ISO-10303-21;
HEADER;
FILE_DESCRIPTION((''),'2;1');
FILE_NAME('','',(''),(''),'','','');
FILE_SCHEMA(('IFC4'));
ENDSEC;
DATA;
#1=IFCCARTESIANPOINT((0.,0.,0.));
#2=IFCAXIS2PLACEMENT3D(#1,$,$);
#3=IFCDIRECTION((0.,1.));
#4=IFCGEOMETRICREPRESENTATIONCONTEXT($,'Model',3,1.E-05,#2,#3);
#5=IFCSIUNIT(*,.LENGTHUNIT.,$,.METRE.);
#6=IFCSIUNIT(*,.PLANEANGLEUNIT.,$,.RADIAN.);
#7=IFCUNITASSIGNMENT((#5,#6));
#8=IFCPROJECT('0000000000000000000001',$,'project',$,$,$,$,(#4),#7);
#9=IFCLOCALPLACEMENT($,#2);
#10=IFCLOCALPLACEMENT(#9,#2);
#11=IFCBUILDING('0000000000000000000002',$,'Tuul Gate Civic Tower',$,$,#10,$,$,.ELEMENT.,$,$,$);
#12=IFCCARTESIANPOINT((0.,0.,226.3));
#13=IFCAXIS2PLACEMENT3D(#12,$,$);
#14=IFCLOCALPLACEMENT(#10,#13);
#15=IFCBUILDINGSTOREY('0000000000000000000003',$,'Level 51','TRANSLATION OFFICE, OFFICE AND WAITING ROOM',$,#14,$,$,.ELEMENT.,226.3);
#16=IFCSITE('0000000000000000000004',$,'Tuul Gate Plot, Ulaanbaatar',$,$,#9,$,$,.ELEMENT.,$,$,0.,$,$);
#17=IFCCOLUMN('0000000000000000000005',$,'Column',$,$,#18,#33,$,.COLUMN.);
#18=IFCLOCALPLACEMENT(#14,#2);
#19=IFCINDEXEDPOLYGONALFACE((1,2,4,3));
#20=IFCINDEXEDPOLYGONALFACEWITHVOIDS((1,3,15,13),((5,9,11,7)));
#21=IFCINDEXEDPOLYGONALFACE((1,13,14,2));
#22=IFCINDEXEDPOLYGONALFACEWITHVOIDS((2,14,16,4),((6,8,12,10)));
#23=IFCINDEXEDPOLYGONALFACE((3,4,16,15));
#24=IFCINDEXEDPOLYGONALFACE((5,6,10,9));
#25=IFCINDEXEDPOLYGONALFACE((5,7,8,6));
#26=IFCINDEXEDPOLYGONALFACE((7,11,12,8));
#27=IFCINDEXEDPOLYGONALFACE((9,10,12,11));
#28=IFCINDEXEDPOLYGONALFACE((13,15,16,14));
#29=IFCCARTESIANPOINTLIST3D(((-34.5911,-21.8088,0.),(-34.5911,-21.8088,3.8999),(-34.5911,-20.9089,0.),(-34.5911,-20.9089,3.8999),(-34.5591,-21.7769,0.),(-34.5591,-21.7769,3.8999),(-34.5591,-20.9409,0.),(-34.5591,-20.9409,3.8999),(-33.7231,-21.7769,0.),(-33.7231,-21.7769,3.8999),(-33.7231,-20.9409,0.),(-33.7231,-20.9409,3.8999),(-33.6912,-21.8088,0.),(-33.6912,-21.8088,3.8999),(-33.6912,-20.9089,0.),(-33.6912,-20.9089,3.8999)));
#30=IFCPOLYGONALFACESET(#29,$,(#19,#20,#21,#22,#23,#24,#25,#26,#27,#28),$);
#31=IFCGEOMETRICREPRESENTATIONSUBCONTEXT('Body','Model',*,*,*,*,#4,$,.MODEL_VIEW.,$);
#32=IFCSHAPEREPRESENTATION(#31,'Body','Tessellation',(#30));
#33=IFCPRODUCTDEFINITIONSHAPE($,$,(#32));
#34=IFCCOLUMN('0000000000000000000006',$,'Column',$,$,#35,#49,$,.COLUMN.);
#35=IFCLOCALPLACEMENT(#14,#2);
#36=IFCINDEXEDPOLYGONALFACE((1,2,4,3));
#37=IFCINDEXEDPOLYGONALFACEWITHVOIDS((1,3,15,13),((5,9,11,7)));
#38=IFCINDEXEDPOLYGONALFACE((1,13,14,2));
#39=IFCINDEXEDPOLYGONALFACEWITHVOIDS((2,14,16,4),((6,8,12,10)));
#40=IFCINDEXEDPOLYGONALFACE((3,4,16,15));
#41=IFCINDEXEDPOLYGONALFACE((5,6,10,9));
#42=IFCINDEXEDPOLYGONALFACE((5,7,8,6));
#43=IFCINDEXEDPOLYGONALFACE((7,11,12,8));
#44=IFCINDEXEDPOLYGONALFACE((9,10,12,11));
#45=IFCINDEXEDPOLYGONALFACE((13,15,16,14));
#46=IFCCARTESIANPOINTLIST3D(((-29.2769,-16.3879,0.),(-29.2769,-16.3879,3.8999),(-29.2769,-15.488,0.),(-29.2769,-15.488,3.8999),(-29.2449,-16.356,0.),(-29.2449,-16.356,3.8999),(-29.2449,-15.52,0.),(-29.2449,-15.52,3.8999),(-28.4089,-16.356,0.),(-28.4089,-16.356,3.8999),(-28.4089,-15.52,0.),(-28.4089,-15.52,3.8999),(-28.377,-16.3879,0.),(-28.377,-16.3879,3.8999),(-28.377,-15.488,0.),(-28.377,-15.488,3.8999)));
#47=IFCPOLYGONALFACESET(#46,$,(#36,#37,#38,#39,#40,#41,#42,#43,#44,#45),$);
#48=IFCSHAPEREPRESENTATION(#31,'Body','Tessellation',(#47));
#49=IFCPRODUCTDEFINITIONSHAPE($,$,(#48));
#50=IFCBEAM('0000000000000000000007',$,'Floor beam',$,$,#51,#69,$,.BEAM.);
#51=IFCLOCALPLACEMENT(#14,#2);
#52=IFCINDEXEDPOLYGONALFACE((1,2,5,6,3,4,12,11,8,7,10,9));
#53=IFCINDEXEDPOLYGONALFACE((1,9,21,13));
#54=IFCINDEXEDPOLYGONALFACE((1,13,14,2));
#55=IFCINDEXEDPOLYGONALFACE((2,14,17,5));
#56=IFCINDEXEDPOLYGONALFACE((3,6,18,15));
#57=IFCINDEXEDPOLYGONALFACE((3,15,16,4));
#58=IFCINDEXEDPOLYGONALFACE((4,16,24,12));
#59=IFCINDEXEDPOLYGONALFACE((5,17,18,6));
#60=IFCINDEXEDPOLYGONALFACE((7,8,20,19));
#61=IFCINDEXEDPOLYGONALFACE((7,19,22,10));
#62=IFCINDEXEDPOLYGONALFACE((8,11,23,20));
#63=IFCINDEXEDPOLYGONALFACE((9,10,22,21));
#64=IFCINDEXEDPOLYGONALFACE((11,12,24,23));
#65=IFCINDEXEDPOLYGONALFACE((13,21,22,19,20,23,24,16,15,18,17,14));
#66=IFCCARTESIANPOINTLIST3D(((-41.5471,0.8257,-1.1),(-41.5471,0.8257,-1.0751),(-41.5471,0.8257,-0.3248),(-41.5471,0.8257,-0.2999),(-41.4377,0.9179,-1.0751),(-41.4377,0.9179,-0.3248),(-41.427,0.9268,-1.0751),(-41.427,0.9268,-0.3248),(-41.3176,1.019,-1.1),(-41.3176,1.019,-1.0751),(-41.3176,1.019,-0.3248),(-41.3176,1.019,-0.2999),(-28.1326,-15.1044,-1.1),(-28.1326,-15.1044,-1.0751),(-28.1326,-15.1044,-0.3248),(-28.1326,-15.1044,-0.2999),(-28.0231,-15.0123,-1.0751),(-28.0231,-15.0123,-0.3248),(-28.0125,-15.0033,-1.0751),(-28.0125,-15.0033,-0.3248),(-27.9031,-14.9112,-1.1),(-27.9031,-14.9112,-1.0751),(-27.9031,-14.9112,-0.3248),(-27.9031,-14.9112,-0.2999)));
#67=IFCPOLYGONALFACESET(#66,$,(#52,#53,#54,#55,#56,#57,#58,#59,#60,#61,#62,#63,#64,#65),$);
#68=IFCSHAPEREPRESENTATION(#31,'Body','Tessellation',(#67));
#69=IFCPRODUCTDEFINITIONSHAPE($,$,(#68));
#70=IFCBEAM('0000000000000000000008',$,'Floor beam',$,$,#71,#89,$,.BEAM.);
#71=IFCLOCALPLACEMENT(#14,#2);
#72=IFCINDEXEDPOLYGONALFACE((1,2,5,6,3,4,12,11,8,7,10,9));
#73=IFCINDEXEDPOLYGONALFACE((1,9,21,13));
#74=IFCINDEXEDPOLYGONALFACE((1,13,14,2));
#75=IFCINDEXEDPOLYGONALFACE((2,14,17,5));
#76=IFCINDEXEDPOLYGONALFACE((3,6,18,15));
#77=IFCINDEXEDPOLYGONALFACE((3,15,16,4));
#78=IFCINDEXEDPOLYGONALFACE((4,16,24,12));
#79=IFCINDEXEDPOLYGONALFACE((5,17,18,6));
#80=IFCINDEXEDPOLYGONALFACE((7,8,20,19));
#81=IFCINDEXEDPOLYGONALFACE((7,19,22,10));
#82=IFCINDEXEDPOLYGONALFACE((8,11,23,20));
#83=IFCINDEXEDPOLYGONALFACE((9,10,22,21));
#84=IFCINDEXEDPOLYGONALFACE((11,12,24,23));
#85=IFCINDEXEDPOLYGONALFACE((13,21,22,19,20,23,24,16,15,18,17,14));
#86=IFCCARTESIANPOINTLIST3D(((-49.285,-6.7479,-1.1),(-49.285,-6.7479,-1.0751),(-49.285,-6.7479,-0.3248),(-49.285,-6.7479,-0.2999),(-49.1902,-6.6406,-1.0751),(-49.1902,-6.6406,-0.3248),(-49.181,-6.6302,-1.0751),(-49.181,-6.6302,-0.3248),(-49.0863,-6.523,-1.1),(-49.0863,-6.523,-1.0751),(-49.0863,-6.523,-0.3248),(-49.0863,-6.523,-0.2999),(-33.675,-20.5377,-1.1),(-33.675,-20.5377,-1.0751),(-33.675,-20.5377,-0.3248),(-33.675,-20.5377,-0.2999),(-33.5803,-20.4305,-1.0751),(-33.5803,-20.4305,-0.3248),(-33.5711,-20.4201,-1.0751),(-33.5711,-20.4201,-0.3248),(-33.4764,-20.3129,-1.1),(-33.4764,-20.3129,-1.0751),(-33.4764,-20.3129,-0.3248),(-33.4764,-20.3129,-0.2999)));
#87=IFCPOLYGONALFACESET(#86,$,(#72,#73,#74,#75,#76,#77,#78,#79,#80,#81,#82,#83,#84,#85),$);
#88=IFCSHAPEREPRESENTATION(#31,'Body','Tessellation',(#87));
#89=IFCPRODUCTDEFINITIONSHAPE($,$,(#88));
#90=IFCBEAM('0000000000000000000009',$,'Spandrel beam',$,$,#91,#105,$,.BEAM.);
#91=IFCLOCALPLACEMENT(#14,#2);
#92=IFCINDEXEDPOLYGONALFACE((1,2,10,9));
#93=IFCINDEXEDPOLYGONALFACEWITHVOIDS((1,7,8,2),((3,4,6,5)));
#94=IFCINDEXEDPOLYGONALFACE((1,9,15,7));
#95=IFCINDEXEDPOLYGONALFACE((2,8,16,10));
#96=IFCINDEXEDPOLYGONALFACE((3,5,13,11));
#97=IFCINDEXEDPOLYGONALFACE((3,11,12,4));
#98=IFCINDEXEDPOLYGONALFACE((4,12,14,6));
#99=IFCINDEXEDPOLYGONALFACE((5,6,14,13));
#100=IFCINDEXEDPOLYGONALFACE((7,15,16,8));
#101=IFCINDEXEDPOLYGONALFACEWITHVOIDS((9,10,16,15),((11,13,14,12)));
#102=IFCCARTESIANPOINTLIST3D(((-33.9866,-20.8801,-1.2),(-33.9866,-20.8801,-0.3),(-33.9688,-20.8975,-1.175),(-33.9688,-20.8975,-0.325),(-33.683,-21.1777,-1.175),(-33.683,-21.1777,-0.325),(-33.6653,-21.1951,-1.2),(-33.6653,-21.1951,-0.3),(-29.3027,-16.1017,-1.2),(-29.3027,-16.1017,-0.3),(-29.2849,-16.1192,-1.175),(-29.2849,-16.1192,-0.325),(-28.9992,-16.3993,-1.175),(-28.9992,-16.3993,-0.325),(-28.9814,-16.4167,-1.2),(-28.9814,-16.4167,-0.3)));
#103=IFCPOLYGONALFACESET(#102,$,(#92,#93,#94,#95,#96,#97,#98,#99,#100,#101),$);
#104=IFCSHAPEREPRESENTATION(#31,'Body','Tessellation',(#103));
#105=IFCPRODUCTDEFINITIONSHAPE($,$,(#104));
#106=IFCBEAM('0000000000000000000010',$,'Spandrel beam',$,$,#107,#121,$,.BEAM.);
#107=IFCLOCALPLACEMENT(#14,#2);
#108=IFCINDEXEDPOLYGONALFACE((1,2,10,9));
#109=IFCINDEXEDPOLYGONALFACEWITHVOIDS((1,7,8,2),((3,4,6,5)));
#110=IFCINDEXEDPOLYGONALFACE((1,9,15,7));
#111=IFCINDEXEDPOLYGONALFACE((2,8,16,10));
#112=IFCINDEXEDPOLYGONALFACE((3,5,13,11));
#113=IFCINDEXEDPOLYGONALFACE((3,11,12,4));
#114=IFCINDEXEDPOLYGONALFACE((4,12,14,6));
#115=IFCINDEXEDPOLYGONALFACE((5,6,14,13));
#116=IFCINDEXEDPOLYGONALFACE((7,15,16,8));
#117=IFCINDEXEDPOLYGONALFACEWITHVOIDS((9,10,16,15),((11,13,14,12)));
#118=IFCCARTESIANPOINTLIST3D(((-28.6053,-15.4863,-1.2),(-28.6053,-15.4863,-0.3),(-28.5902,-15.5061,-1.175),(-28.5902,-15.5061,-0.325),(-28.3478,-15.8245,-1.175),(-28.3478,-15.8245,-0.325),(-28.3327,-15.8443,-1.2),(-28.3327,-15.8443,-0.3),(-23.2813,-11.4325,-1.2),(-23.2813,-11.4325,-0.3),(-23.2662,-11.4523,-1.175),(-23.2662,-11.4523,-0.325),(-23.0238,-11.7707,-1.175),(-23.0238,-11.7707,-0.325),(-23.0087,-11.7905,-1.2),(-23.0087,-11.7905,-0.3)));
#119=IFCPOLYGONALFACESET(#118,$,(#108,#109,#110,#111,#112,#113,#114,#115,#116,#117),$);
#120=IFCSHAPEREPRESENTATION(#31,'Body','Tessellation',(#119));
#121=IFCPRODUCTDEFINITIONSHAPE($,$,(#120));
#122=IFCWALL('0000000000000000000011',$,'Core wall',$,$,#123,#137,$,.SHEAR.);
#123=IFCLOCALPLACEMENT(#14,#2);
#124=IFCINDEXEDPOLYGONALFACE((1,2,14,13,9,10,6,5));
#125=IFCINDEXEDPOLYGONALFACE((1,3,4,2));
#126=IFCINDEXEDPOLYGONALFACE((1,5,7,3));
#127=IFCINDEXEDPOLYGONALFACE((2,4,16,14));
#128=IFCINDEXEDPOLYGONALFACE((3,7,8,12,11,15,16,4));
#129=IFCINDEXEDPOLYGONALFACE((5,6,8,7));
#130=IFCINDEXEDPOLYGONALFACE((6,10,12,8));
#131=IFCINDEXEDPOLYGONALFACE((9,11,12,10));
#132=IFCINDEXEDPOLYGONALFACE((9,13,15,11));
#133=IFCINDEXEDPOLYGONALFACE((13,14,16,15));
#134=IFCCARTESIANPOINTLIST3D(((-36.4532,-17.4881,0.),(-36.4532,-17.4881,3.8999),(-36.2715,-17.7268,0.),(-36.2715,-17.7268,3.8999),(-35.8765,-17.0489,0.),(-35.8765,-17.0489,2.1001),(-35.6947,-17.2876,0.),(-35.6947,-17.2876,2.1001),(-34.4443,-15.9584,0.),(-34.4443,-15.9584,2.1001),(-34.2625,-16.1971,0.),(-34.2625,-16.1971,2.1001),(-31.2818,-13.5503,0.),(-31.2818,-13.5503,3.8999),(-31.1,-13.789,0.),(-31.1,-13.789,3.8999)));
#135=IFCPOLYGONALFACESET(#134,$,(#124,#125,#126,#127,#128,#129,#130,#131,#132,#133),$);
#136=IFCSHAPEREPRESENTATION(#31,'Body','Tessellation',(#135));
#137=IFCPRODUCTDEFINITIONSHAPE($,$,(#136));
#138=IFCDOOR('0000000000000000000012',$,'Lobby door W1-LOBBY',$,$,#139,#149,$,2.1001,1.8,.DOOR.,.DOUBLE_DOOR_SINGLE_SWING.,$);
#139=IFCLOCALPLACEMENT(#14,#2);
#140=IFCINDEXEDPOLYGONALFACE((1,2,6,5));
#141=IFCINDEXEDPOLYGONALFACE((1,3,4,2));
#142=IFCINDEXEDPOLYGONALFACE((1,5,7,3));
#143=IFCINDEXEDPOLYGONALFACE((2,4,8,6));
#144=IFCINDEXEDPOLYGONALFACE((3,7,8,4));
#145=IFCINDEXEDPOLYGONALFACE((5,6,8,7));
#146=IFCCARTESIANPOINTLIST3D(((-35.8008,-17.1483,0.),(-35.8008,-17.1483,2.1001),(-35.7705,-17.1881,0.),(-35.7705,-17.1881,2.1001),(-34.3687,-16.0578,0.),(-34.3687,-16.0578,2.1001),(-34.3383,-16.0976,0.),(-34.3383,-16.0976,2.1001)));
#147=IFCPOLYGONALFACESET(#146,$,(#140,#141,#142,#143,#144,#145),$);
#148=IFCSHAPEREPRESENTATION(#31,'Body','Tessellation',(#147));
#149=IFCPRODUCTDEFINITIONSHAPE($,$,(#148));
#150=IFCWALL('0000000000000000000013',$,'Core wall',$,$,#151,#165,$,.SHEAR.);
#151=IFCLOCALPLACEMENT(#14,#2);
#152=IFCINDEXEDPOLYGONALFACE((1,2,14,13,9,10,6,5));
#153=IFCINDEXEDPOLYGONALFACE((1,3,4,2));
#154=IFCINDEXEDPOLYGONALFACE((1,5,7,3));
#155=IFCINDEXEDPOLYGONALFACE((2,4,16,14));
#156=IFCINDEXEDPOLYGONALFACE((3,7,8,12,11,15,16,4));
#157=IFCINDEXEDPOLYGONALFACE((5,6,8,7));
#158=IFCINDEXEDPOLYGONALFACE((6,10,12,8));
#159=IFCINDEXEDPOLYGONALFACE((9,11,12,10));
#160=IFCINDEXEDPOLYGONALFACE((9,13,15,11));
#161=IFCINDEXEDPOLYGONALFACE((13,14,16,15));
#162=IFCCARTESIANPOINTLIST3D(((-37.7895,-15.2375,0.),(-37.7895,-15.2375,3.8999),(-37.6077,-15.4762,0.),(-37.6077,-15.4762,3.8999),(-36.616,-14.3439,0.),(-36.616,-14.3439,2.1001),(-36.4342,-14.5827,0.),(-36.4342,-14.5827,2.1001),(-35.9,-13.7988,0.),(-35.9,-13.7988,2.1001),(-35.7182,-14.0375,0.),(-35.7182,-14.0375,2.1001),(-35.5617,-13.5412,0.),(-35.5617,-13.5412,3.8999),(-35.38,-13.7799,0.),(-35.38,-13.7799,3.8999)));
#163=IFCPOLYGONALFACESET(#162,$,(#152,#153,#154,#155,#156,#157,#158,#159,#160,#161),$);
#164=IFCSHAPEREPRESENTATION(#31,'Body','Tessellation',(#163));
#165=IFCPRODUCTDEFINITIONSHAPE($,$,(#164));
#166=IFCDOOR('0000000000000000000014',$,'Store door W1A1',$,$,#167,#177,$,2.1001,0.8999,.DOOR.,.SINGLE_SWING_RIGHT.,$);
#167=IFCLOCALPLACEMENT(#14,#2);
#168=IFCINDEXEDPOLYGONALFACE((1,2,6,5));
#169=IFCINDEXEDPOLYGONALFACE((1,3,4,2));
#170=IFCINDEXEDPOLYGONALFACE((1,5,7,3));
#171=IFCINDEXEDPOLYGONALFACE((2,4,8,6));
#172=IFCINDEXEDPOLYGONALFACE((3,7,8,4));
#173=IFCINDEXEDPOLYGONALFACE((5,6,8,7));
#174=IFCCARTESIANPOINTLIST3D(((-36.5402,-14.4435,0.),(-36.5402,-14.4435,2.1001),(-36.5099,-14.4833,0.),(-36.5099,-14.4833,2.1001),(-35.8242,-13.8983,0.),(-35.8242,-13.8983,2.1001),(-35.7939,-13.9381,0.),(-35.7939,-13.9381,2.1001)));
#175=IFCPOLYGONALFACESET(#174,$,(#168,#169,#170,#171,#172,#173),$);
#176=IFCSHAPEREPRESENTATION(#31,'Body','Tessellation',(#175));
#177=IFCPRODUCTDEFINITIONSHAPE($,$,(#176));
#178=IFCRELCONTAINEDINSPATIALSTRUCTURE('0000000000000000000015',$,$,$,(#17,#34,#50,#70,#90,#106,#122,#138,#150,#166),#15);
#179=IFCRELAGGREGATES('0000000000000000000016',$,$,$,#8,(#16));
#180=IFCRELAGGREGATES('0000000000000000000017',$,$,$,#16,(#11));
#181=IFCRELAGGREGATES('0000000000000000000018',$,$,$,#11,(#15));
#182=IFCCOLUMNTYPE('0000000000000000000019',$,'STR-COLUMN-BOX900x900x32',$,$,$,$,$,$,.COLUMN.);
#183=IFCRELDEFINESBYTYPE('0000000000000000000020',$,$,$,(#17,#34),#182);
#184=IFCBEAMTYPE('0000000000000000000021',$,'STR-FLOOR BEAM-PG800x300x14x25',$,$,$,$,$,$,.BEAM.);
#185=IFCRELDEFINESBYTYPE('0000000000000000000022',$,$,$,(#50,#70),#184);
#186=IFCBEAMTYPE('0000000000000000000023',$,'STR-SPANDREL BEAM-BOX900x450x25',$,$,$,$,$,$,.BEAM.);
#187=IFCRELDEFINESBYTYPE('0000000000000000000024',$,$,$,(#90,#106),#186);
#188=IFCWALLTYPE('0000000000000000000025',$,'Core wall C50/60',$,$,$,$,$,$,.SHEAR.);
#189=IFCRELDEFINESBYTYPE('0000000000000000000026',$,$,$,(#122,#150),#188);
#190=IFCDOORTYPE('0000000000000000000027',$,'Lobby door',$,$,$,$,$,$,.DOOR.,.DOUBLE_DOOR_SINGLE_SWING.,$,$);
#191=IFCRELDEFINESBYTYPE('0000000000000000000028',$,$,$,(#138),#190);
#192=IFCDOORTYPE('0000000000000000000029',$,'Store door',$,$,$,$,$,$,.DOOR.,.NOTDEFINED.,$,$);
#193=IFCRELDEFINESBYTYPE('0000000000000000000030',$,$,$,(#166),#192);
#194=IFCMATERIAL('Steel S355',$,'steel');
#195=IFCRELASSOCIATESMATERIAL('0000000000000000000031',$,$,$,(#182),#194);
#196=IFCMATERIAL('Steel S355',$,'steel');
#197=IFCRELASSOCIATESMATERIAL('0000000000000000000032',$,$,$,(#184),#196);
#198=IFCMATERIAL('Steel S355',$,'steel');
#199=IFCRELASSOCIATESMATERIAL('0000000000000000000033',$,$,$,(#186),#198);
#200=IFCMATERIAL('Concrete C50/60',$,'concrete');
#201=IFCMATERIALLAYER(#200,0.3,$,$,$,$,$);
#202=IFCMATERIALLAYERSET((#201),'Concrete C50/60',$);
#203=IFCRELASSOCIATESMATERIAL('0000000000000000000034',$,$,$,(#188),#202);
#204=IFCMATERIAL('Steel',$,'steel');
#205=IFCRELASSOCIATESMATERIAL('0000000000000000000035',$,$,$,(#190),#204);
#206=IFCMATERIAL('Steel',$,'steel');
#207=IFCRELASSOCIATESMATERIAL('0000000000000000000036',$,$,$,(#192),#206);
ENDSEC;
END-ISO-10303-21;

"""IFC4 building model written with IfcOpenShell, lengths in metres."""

from ifc_helpers import new_model, si_unit, direction, frame, frame_2d, origin, origin_2d, place, context, subcontext, project, spatial, rectangle, hollow_rectangle, i_section, extrude, material, layer, layer_set, material_profile, profile_set, type_object, element, fill, save


model = new_model("IFC4")

# Units and contexts
model_context = context("Model", 3, precision=1e-05, world=origin(), true_north=direction((0.0, 1.0)))
body_context = subcontext(model_context, "Body", "Model", "MODEL_VIEW")
ifc_project = project(units=[si_unit("LENGTHUNIT", "METRE"), si_unit("PLANEANGLEUNIT", "RADIAN")], contexts=[model_context])

# Site, building, storey
site_placement = place(None, origin())
site = spatial("IfcSite", under=ifc_project, at=site_placement, Name="Tuul Gate Plot, Ulaanbaatar", CompositionType="ELEMENT", RefElevation=0.0)
building_placement = place(site_placement, origin())
building = spatial("IfcBuilding", under=site, at=building_placement, Name="Tuul Gate Civic Tower", CompositionType="ELEMENT")
storey_placement = place(building_placement, frame((0.0, 0.0, 226.3)))
storey = spatial("IfcBuildingStorey", under=building, at=storey_placement, Name="Level 51", Description="TRANSLATION OFFICE, OFFICE AND WAITING ROOM", CompositionType="ELEMENT", Elevation=226.3)

# Columns
ifc_material_1 = material(Name="Steel S355", Category="steel")
ifc_material_profile_1 = material_profile(ifc_material_1, hollow_rectangle(XDim=0.8999, YDim=0.8999, WallThickness=0.032, at=origin_2d()), Name="BOX900x900x32")
ifc_profile_set_1 = profile_set([ifc_material_profile_1], Name="Steel S355")
column_type = type_object("IfcColumnType", Name="STR-COLUMN-BOX900x900x32", PredefinedType="COLUMN", material=ifc_profile_set_1)
for number, where, z_axis, x_axis, name in (
    (1, (-34.1411, -21.3589, 0.0), (0.0, 0.0, 1.0), (1.0, 0.0, 0.0), "Column"),
    (2, (-28.8269, -15.938, 0.0), (0.0, 0.0, 1.0), (1.0, 0.0, 0.0), "Column"),
):
    element("IfcColumn", number, at=place(storey_placement, frame(where, z_axis=z_axis, x_axis=x_axis)), inside=storey, type_object=column_type, Name=name, PredefinedType="COLUMN", context=body_context, shape_type="SweptSolid", body=[
        extrude(hollow_rectangle(XDim=0.8999, YDim=0.8999, WallThickness=0.032, at=origin_2d()), origin(), (0.0, 0.0, 1.0), 3.8999),
    ])

# Beams
ifc_material_2 = material(Name="Steel S355", Category="steel")
ifc_material_profile_2 = material_profile(ifc_material_2, i_section(OverallWidth=0.3, OverallDepth=0.8, WebThickness=0.0139, FlangeThickness=0.0249, at=origin_2d()), Name="PG800x300x14x25")
ifc_profile_set_2 = profile_set([ifc_material_profile_2], Name="Steel S355")
beam_type_1 = type_object("IfcBeamType", Name="STR-FLOOR BEAM-PG800x300x14x25", PredefinedType="BEAM", material=ifc_profile_set_2)
beam_1_placement = place(storey_placement, frame((-28.0178, -15.0078, -0.7), z_axis=(-0.644126, 0.764919, 0.0), x_axis=(-0.764919, -0.644126, 0.0)))
element("IfcBeam", 3, at=beam_1_placement, inside=storey, type_object=beam_type_1, Name="Floor beam", PredefinedType="BEAM", context=body_context, shape_type="SweptSolid", body=[
    extrude(i_section(OverallWidth=0.3, OverallDepth=0.8, WebThickness=0.0139, FlangeThickness=0.0249, at=origin_2d()), origin(), (0.0, 0.0, 1.0), 20.8259),
])
beam_2_placement = place(storey_placement, frame((-33.5757, -20.4253, -0.7), z_axis=(-0.749447, 0.662064, 0.0), x_axis=(-0.662064, -0.749447, 0.0)))
element("IfcBeam", 4, at=beam_2_placement, inside=storey, type_object=beam_type_1, Name="Floor beam", PredefinedType="BEAM", context=body_context, shape_type="SweptSolid", body=[
    extrude(i_section(OverallWidth=0.3, OverallDepth=0.8, WebThickness=0.0139, FlangeThickness=0.0249, at=origin_2d()), origin(), (0.0, 0.0, 1.0), 20.8286),
])
ifc_material_3 = material(Name="Steel S355", Category="steel")
ifc_material_profile_3 = material_profile(ifc_material_3, hollow_rectangle(XDim=0.45, YDim=0.8999, WallThickness=0.0249, at=origin_2d()), Name="BOX900x450x25")
ifc_profile_set_3 = profile_set([ifc_material_profile_3], Name="Steel S355")
beam_type_2 = type_object("IfcBeamType", Name="STR-SPANDREL BEAM-BOX900x450x25", PredefinedType="BEAM", material=ifc_profile_set_3)
beam_3_placement = place(storey_placement, frame((-33.8259, -21.0376, -0.75), z_axis=(0.700011, 0.714132, 0.0), x_axis=(-0.714132, 0.700011, 0.0)))
element("IfcBeam", 5, at=beam_3_placement, inside=storey, type_object=beam_type_2, Name="Spandrel beam", PredefinedType="BEAM", context=body_context, shape_type="SweptSolid", body=[
    extrude(hollow_rectangle(XDim=0.45, YDim=0.8999, WallThickness=0.0249, at=origin_2d()), origin(), (0.0, 0.0, 1.0), 6.6912),
])
beam_4_placement = place(storey_placement, frame((-28.469, -15.6653, -0.75), z_axis=(0.795623, 0.605793, 0.0), x_axis=(-0.605793, 0.795623, 0.0)))
element("IfcBeam", 6, at=beam_4_placement, inside=storey, type_object=beam_type_2, Name="Spandrel beam", PredefinedType="BEAM", context=body_context, shape_type="SweptSolid", body=[
    extrude(hollow_rectangle(XDim=0.45, YDim=0.8999, WallThickness=0.0249, at=origin_2d()), origin(), (0.0, 0.0, 1.0), 6.6917),
])

# Walls, openings, doors
ifc_material_4 = material(Name="Concrete C50/60", Category="concrete")
ifc_layer_1 = layer(ifc_material_4, 0.3)
ifc_layer_set_1 = layer_set([ifc_layer_1], Name="Concrete C50/60")
wall_type_1 = type_object("IfcWallType", Name="Core wall C50/60", PredefinedType="SHEAR", material=ifc_layer_set_1)
wall_1_placement = place(storey_placement, frame((-31.1909, -13.6697, 0.0), z_axis=(0.0, 0.0, 1.0), x_axis=(-0.795607, -0.605813, 0.0)))
wall_1 = element("IfcWall", 7, at=wall_1_placement, inside=storey, type_object=wall_type_1, Name="Core wall", PredefinedType="SHEAR", context=body_context, shape_type="SweptSolid", body=[
    extrude(rectangle(XDim=6.5, YDim=0.3, at=frame_2d((3.25, 0.0))), origin(), (0.0, 0.0, 1.0), 3.8999),
])
opening_1_placement = place(wall_1_placement, frame((3.9751, 0.0, 0.0)))
opening_1 = element("IfcOpeningElement", 8, at=opening_1_placement, cuts=wall_1, PredefinedType="OPENING", context=body_context, shape_type="SweptSolid", body=[
    extrude(rectangle(XDim=1.8, YDim=2.1001, at=frame_2d((0.8999, 1.05))), frame((0.0, 0.1602, 0.0), z_axis=(0.0, -1.0, 0.0), x_axis=(1.0, 0.0, 0.0)), (0.0, 0.0, 1.0), 0.3201),
])
ifc_material_5 = material(Name="Steel", Category="steel")
door_type_1 = type_object("IfcDoorType", Name="Lobby door", OperationType="DOUBLE_DOOR_SINGLE_SWING", PredefinedType="DOOR", material=ifc_material_5)
door_1_placement = place(opening_1_placement, origin())
door_1 = element("IfcDoor", 9, at=door_1_placement, inside=storey, type_object=door_type_1, Name="Lobby door W1-LOBBY", OperationType="DOUBLE_DOOR_SINGLE_SWING", OverallHeight=2.1001, OverallWidth=1.8, PredefinedType="DOOR", context=body_context, shape_type="SweptSolid", body=[
    extrude(rectangle(XDim=1.8, YDim=2.1001, at=frame_2d((0.8999, 1.05))), frame((0.0, 0.0249, 0.0), z_axis=(0.0, -1.0, 0.0), x_axis=(1.0, 0.0, 0.0)), (0.0, 0.0, 1.0), 0.05),
])
fill(opening_1, door_1)
wall_2_placement = place(storey_placement, frame((-35.4709, -13.6606, 0.0), z_axis=(0.0, 0.0, 1.0), x_axis=(-0.795616, -0.605802, 0.0)))
wall_2 = element("IfcWall", 10, at=wall_2_placement, inside=storey, type_object=wall_type_1, Name="Core wall", PredefinedType="SHEAR", context=body_context, shape_type="SweptSolid", body=[
    extrude(rectangle(XDim=2.8, YDim=0.3, at=frame_2d((1.3999, 0.0))), origin(), (0.0, 0.0, 1.0), 3.8999),
])
opening_2_placement = place(wall_2_placement, frame((0.425, 0.0, 0.0)))
opening_2 = element("IfcOpeningElement", 11, at=opening_2_placement, cuts=wall_2, PredefinedType="OPENING", context=body_context, shape_type="SweptSolid", body=[
    extrude(rectangle(XDim=0.8999, YDim=2.1001, at=frame_2d((0.45, 1.05))), frame((0.0, 0.1602, 0.0), z_axis=(0.0, -1.0, 0.0), x_axis=(1.0, 0.0, 0.0)), (0.0, 0.0, 1.0), 0.3201),
])
ifc_material_6 = material(Name="Steel", Category="steel")
door_type_2 = type_object("IfcDoorType", Name="Store door", OperationType="NOTDEFINED", PredefinedType="DOOR", material=ifc_material_6)
door_2_placement = place(opening_2_placement, frame((0.8999, 0.0, 0.0), z_axis=(0.0, 0.0, 1.0), x_axis=(-1.0, 0.0, 0.0)))
door_2 = element("IfcDoor", 12, at=door_2_placement, inside=storey, type_object=door_type_2, Name="Store door W1A1", OperationType="SINGLE_SWING_RIGHT", OverallHeight=2.1001, OverallWidth=0.8999, PredefinedType="DOOR", context=body_context, shape_type="SweptSolid", body=[
    extrude(rectangle(XDim=0.8999, YDim=2.1001, at=frame_2d((0.45, 1.05))), frame((0.0, 0.0249, 0.0), z_axis=(0.0, -1.0, 0.0), x_axis=(1.0, 0.0, 0.0)), (0.0, 0.0, 1.0), 0.05),
])
fill(opening_2, door_2)

save(model, "model.ifc")
